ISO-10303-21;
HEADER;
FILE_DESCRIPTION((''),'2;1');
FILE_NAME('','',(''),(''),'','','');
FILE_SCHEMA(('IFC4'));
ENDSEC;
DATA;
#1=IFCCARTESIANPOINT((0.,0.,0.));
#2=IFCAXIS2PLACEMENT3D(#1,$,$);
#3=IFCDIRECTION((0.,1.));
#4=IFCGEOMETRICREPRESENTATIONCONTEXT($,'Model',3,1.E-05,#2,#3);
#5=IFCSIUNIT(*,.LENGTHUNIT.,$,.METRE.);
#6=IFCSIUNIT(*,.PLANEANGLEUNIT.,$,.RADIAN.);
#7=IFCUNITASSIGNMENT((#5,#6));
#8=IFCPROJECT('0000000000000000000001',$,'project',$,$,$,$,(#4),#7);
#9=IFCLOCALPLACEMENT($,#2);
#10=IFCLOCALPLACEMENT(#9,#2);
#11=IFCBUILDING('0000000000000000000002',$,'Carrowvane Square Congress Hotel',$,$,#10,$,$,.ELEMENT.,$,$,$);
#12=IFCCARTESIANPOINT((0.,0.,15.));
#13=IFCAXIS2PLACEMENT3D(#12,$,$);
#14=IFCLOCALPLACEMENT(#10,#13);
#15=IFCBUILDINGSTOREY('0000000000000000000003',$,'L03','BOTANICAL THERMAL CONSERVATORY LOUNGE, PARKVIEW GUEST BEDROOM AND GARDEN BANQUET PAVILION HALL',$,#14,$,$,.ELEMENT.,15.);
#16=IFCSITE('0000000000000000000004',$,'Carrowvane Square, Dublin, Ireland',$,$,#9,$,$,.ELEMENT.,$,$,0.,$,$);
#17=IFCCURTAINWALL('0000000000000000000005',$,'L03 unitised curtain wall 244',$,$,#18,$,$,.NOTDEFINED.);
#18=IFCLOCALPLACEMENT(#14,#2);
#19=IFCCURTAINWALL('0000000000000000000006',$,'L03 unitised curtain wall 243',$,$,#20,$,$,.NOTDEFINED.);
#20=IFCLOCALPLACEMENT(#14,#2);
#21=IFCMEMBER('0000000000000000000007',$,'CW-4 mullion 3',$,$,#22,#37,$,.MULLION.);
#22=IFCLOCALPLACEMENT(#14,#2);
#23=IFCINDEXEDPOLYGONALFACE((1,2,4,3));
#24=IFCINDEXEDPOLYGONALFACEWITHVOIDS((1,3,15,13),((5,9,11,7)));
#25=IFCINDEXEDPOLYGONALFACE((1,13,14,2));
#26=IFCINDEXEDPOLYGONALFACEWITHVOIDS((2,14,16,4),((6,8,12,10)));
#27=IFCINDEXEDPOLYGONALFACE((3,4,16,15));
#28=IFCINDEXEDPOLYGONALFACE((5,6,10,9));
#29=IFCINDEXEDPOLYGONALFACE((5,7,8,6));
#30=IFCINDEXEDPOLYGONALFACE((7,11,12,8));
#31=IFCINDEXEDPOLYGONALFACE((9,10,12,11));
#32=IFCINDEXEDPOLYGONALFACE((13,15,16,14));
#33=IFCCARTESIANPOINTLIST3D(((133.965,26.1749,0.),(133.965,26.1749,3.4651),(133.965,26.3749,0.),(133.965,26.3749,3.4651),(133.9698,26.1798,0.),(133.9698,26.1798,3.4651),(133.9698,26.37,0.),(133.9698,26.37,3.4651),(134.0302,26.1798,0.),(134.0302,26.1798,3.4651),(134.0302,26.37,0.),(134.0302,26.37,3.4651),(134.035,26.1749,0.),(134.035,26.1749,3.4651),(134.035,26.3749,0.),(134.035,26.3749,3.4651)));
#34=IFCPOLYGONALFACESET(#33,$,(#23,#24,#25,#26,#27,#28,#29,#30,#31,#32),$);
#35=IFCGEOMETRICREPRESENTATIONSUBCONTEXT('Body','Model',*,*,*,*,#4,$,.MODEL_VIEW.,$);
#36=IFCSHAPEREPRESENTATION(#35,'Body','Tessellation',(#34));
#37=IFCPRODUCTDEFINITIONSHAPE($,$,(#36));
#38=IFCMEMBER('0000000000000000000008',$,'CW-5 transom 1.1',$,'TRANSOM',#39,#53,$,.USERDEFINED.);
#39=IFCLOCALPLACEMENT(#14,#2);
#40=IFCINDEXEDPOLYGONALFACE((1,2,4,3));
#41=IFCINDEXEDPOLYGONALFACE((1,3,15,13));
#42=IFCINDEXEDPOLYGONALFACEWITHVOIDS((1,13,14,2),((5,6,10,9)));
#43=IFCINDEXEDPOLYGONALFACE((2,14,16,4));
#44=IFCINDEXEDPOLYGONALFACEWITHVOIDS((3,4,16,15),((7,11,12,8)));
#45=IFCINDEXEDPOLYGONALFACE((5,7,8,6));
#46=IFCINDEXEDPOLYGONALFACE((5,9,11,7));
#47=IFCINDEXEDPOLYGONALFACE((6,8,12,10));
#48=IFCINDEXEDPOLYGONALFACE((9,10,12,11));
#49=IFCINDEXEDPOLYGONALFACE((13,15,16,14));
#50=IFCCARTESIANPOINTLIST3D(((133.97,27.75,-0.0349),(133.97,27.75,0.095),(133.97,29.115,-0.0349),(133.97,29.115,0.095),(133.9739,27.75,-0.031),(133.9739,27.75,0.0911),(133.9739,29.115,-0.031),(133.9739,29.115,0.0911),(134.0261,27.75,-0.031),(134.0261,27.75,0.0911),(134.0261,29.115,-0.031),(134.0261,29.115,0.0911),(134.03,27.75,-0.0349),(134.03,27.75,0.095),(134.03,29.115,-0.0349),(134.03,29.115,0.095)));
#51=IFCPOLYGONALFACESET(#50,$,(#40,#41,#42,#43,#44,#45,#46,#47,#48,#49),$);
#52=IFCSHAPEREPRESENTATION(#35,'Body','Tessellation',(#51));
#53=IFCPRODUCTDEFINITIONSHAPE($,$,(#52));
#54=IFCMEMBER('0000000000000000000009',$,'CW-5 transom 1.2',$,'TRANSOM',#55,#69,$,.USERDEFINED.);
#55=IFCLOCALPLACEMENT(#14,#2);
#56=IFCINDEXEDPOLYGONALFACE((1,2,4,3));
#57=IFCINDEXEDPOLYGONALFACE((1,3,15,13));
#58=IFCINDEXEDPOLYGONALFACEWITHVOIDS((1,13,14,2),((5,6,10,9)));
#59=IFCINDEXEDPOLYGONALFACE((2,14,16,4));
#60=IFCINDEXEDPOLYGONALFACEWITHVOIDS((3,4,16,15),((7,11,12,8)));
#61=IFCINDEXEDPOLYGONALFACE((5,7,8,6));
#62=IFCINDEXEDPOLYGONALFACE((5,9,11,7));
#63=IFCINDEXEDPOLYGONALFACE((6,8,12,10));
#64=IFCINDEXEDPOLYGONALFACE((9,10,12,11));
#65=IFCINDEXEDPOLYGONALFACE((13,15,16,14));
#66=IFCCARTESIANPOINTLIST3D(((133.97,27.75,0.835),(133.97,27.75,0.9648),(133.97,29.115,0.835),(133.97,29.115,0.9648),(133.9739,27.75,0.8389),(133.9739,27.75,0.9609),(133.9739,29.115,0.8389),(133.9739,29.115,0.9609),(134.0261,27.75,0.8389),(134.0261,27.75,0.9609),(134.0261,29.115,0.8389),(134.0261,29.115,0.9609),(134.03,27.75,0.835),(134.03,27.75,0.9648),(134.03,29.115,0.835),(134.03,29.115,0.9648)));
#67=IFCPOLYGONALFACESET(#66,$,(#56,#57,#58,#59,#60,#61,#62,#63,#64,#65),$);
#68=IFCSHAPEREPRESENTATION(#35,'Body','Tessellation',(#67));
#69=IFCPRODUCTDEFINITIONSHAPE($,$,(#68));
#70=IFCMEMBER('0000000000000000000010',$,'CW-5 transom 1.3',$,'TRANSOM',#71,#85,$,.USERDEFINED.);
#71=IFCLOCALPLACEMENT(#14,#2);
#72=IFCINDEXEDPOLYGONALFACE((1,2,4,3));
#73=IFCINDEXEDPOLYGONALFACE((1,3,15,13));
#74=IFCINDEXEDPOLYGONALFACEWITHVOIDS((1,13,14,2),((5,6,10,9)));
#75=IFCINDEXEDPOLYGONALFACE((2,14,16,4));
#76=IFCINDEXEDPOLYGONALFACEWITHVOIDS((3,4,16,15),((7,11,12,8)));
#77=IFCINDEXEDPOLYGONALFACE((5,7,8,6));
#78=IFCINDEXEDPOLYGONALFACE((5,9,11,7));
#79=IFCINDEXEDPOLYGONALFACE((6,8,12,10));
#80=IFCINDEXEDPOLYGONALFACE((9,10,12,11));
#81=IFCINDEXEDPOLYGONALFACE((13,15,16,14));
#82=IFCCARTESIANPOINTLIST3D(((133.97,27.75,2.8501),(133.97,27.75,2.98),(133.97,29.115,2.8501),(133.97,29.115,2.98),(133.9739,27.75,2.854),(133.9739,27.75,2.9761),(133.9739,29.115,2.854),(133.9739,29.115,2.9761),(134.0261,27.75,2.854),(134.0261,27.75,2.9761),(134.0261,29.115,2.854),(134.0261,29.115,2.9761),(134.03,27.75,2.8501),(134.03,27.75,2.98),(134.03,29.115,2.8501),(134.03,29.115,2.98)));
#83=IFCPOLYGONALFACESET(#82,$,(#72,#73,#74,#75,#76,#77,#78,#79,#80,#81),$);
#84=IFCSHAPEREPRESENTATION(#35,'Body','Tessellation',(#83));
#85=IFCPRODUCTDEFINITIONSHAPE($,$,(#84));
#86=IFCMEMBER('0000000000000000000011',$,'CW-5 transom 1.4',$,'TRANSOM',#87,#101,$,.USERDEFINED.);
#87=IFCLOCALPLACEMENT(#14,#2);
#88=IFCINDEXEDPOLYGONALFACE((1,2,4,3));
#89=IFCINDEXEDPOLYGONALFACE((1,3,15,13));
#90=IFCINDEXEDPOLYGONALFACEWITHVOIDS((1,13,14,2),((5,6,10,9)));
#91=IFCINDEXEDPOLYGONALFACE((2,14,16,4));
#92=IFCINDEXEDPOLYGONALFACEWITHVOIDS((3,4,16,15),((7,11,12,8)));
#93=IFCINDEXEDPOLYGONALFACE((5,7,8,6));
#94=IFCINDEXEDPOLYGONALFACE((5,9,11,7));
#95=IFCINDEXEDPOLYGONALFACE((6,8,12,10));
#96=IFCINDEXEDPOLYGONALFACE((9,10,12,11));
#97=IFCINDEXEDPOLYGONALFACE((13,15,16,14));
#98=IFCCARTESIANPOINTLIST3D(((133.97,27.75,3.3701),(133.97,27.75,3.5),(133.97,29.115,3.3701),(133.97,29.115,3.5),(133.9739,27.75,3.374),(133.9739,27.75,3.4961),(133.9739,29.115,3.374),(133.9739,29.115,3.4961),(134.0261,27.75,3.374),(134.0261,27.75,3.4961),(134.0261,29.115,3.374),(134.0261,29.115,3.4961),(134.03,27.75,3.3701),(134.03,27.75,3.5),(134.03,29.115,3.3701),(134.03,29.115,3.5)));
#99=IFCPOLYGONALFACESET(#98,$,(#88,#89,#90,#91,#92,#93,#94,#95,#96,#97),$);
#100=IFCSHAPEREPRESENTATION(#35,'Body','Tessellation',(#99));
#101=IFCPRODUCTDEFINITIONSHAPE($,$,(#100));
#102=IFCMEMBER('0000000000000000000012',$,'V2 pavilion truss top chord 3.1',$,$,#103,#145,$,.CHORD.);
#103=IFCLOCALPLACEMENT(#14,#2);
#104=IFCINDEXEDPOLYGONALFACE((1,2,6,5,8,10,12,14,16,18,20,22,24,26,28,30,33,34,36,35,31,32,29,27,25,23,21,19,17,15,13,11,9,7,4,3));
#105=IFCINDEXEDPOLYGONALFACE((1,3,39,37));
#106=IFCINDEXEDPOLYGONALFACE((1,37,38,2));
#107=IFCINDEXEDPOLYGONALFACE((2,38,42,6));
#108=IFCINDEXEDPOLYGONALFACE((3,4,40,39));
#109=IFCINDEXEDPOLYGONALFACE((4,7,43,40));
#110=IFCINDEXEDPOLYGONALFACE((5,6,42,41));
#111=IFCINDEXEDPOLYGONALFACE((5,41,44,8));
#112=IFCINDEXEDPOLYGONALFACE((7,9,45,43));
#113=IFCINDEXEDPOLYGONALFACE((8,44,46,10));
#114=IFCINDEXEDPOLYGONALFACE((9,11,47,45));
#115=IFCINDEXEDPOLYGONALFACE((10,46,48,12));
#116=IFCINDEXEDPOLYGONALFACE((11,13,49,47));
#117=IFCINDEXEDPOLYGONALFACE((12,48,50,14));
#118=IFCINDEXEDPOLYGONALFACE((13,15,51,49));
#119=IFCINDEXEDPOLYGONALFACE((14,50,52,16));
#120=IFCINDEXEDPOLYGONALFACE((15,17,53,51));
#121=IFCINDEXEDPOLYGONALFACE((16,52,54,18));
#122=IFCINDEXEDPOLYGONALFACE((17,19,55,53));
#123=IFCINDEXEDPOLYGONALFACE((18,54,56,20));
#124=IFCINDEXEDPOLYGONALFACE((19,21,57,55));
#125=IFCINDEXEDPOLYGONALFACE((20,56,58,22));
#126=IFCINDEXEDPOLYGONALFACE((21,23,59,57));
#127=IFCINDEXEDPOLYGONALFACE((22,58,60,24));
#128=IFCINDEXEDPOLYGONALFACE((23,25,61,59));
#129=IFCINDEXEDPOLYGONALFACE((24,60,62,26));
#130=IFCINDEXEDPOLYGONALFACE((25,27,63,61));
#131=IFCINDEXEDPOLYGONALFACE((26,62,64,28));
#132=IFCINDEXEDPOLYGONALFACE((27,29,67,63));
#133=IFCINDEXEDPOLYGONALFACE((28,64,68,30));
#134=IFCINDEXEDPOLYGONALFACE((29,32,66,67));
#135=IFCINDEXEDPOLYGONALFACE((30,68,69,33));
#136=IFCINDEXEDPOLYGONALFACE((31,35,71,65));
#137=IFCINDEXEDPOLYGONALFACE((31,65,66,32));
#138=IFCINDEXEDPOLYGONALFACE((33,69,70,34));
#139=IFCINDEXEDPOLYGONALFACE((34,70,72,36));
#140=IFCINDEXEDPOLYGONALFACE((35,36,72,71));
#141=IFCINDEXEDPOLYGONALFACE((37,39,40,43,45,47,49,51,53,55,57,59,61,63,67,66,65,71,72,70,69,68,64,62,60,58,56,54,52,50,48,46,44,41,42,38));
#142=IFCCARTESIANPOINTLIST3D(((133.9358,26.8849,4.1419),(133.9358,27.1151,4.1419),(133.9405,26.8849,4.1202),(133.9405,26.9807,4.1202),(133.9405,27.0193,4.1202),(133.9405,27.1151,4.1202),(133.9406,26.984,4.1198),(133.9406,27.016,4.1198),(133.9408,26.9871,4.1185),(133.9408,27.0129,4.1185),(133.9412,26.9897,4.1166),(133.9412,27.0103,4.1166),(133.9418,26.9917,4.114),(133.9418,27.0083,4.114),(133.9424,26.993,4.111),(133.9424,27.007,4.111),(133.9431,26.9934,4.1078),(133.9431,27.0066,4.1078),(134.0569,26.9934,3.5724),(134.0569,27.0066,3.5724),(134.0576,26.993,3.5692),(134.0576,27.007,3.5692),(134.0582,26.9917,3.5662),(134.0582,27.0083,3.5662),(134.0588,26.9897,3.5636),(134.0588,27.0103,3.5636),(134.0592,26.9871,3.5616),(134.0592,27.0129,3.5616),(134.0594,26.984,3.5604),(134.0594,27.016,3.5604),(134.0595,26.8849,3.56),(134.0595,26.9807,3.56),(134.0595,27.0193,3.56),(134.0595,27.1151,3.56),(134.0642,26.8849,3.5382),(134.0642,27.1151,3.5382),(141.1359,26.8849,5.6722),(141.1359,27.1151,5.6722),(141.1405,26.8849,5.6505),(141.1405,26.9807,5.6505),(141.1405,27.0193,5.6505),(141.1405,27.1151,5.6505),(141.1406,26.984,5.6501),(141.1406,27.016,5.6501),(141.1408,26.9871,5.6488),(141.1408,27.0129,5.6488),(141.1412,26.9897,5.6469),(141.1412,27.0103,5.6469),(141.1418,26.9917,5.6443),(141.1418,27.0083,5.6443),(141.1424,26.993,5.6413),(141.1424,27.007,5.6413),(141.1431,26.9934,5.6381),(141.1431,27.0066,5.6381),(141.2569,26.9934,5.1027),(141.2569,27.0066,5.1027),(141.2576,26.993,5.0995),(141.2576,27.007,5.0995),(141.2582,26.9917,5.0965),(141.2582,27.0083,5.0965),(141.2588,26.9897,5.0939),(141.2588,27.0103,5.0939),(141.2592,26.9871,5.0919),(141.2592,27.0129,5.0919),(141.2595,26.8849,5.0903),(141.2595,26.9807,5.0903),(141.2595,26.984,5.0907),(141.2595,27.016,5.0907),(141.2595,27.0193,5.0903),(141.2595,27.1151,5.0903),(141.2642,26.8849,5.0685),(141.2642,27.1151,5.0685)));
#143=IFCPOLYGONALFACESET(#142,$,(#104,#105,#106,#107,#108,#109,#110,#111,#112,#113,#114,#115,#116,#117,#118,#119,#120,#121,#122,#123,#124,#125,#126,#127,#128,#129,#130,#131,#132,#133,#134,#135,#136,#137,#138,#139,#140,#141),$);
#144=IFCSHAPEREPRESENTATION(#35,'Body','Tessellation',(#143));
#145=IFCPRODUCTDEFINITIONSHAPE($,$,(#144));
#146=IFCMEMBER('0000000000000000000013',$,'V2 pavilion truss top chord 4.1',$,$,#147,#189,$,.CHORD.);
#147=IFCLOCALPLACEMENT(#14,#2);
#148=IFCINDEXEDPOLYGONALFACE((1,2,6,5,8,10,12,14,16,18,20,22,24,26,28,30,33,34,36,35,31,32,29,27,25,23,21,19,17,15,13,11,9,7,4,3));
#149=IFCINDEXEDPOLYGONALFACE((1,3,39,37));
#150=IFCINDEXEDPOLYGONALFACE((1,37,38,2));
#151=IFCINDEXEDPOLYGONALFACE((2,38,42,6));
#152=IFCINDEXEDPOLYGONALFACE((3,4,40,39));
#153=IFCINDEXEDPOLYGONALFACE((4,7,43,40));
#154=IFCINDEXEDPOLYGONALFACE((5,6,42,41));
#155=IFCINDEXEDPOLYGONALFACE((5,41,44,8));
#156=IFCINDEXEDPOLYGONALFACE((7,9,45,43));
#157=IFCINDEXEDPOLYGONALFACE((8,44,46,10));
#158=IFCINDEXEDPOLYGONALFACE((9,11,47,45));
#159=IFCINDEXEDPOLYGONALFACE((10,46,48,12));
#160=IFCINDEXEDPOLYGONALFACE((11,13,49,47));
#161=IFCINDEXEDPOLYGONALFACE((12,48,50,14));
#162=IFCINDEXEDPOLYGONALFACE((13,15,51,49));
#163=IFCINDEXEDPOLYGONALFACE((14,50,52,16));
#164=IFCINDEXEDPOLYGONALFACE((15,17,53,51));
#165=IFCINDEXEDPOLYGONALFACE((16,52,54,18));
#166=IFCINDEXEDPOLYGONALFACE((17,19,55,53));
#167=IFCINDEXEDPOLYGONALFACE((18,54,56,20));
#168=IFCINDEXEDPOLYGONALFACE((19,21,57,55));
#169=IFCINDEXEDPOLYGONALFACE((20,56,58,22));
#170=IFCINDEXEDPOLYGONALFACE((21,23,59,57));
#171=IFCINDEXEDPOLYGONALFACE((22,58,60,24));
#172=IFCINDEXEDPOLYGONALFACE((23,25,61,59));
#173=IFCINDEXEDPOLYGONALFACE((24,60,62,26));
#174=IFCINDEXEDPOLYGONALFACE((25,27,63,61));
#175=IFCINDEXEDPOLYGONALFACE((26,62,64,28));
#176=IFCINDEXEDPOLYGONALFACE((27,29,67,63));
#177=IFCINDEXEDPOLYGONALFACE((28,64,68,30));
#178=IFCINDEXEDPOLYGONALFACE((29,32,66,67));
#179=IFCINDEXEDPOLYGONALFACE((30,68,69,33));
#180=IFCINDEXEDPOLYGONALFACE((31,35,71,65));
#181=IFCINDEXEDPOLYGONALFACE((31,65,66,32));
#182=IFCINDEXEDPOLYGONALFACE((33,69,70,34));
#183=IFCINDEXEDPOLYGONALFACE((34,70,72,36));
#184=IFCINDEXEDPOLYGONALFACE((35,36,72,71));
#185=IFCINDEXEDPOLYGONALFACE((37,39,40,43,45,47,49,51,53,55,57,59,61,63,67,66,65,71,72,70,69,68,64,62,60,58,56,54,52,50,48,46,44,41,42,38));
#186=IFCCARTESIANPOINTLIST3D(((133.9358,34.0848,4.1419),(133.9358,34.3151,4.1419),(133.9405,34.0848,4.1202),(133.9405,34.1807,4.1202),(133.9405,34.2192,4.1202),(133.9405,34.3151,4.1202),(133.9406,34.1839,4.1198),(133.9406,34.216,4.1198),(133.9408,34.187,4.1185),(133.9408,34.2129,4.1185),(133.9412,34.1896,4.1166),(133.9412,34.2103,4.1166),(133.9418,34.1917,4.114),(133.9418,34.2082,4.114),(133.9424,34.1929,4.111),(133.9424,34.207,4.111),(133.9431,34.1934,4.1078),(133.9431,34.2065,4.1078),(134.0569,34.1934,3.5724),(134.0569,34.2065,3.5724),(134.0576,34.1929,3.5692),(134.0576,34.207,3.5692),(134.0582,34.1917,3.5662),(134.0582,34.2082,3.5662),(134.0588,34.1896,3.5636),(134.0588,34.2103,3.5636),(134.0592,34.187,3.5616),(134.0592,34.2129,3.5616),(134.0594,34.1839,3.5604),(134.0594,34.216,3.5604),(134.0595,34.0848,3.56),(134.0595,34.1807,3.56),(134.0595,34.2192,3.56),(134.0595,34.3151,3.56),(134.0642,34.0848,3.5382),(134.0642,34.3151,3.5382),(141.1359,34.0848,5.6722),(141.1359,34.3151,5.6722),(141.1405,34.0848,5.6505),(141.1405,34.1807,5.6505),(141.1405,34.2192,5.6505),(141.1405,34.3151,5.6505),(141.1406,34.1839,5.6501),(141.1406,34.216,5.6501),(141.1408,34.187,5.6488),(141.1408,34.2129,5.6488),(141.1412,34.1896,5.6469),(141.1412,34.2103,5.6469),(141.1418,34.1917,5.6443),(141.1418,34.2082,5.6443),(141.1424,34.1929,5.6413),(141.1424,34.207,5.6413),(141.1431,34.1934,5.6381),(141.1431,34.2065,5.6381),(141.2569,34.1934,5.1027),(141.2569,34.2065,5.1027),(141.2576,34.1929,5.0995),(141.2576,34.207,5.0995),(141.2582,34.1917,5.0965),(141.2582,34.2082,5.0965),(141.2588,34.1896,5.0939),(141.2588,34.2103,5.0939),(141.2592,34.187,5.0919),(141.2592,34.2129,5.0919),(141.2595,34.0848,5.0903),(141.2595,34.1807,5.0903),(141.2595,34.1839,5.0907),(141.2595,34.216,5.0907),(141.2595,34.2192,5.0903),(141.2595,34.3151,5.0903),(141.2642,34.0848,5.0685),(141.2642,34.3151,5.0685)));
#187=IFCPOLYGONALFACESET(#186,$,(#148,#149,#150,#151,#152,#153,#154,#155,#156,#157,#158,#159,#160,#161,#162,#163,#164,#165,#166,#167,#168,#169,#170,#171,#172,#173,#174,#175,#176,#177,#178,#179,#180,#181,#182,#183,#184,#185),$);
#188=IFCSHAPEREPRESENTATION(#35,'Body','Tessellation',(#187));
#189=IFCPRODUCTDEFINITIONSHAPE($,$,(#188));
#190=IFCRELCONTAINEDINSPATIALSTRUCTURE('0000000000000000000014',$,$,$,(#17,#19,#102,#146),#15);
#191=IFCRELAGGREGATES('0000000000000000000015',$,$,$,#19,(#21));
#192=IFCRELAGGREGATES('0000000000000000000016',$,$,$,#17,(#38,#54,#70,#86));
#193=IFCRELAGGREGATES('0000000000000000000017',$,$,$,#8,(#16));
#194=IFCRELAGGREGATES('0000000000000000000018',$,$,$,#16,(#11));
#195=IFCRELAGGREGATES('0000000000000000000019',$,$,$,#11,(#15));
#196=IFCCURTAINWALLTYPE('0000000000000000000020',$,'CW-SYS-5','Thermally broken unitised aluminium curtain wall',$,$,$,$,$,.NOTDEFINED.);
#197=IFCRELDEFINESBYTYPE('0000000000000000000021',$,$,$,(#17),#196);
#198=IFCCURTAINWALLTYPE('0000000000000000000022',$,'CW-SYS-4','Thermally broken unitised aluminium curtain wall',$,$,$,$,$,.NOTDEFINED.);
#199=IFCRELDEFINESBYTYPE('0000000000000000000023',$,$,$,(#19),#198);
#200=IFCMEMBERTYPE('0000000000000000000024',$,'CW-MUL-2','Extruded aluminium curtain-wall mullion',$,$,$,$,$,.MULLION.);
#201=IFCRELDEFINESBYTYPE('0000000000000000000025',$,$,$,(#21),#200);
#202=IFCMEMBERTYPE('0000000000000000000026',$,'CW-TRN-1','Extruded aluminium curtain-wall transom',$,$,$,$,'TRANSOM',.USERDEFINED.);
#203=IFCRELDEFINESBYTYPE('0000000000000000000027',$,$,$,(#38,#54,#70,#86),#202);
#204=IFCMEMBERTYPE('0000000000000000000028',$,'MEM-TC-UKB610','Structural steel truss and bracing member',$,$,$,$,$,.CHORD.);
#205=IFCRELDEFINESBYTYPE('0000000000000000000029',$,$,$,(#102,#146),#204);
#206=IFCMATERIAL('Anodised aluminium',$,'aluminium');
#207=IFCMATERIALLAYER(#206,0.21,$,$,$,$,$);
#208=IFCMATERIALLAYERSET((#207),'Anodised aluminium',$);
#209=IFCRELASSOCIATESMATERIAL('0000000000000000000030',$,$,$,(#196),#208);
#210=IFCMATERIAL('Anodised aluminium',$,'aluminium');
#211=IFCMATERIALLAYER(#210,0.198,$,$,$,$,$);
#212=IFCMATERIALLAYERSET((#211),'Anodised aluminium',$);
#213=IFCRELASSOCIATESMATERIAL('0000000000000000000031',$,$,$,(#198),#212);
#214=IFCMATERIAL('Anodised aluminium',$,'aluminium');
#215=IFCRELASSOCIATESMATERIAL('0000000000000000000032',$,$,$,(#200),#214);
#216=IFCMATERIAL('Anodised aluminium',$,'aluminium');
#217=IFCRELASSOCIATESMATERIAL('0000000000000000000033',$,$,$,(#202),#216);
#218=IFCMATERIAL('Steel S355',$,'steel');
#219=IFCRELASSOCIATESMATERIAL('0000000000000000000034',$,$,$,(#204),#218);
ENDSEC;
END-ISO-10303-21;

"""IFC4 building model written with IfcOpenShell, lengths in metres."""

from ifc_helpers import new_model, si_unit, direction, frame, origin, origin_2d, place, context, subcontext, project, spatial, hollow_rectangle, i_section, extrude, material, layer, layer_set, material_profile, profile_set, type_object, element, aggregate, save


model = new_model("IFC4")

# Units and contexts
model_context = context("Model", 3, precision=1e-05, world=origin(), true_north=direction((0.0, 1.0)))
body_context = subcontext(model_context, "Body", "Model", "MODEL_VIEW")
ifc_project = project(units=[si_unit("LENGTHUNIT", "METRE"), si_unit("PLANEANGLEUNIT", "RADIAN")], contexts=[model_context])

# Site, building, storey
site_placement = place(None, origin())
site = spatial("IfcSite", under=ifc_project, at=site_placement, Name="Carrowvane Square, Dublin, Ireland", CompositionType="ELEMENT", RefElevation=0.0)
building_placement = place(site_placement, origin())
building = spatial("IfcBuilding", under=site, at=building_placement, Name="Carrowvane Square Congress Hotel", CompositionType="ELEMENT")
storey_placement = place(building_placement, frame((0.0, 0.0, 15.0)))
storey = spatial("IfcBuildingStorey", under=building, at=storey_placement, Name="L03", Description="BOTANICAL THERMAL CONSERVATORY LOUNGE, PARKVIEW GUEST BEDROOM AND GARDEN BANQUET PAVILION HALL", CompositionType="ELEMENT", Elevation=15.0)

# Curtain wall
ifc_material_1 = material(Name="Anodised aluminium", Category="aluminium")
ifc_layer_1 = layer(ifc_material_1, 0.21)
ifc_layer_set_1 = layer_set([ifc_layer_1], Name="Anodised aluminium")
curtain_wall_type_1 = type_object("IfcCurtainWallType", Name="CW-SYS-5", Description="Thermally broken unitised aluminium curtain wall", PredefinedType="NOTDEFINED", material=ifc_layer_set_1)
curtain_wall_1_placement = place(storey_placement, origin())
curtain_wall_1 = element("IfcCurtainWall", 1, at=curtain_wall_1_placement, inside=storey, type_object=curtain_wall_type_1, Name="L03 unitised curtain wall 244", PredefinedType="NOTDEFINED")

# Curtain wall, member
ifc_material_2 = material(Name="Anodised aluminium", Category="aluminium")
ifc_layer_2 = layer(ifc_material_2, 0.198)
ifc_layer_set_2 = layer_set([ifc_layer_2], Name="Anodised aluminium")
curtain_wall_type_2 = type_object("IfcCurtainWallType", Name="CW-SYS-4", Description="Thermally broken unitised aluminium curtain wall", PredefinedType="NOTDEFINED", material=ifc_layer_set_2)
curtain_wall_2_placement = place(storey_placement, origin())
curtain_wall_2 = element("IfcCurtainWall", 2, at=curtain_wall_2_placement, inside=storey, type_object=curtain_wall_type_2, Name="L03 unitised curtain wall 243", PredefinedType="NOTDEFINED")
ifc_material_3 = material(Name="Anodised aluminium", Category="aluminium")
ifc_material_profile_1 = material_profile(ifc_material_3, hollow_rectangle(XDim=0.0701, YDim=0.2, WallThickness=0.0049, at=origin_2d()), Name="CW-ML 70x200x5")
ifc_profile_set_1 = profile_set([ifc_material_profile_1], Name="Anodised aluminium")
member_type_1 = type_object("IfcMemberType", Name="CW-MUL-2", Description="Extruded aluminium curtain-wall mullion", PredefinedType="MULLION", material=ifc_profile_set_1)
member_1_placement = place(storey_placement, frame((134.0, 26.2749, 0.0), z_axis=(0.0, 0.0, 1.0), x_axis=(-1.0, 0.0, 0.0)))
member_1 = element("IfcMember", 3, at=member_1_placement, type_object=member_type_1, Name="CW-4 mullion 3", PredefinedType="MULLION", context=body_context, shape_type="SweptSolid", body=[
    extrude(hollow_rectangle(XDim=0.0701, YDim=0.2, WallThickness=0.0049, at=origin_2d()), origin(), (0.0, 0.0, 1.0), 3.4651),
])

# Members
ifc_material_4 = material(Name="Anodised aluminium", Category="aluminium")
ifc_material_profile_2 = material_profile(ifc_material_4, hollow_rectangle(XDim=0.0601, YDim=0.1299, WallThickness=0.0039, at=origin_2d()), Name="CW-TR 60x130x4")
ifc_profile_set_2 = profile_set([ifc_material_profile_2], Name="Anodised aluminium")
member_type_2 = type_object("IfcMemberType", Name="CW-TRN-1", Description="Extruded aluminium curtain-wall transom", ElementType="TRANSOM", PredefinedType="USERDEFINED", material=ifc_profile_set_2)
member_2_placement = place(storey_placement, frame((134.0, 27.75, 0.03), z_axis=(0.0, 1.0, 0.0), x_axis=(-1.0, 0.0, 0.0)))
member_2 = element("IfcMember", 4, at=member_2_placement, type_object=member_type_2, Name="CW-5 transom 1.1", ObjectType="TRANSOM", PredefinedType="USERDEFINED", context=body_context, shape_type="SweptSolid", body=[
    extrude(hollow_rectangle(XDim=0.0601, YDim=0.1299, WallThickness=0.0039, at=origin_2d()), origin(), (0.0, 0.0, 1.0), 1.365),
])
member_3_placement = place(storey_placement, frame((134.0, 27.75, 0.8999), z_axis=(0.0, 1.0, 0.0), x_axis=(-1.0, 0.0, 0.0)))
member_3 = element("IfcMember", 5, at=member_3_placement, type_object=member_type_2, Name="CW-5 transom 1.2", ObjectType="TRANSOM", PredefinedType="USERDEFINED", context=body_context, shape_type="SweptSolid", body=[
    extrude(hollow_rectangle(XDim=0.0601, YDim=0.1299, WallThickness=0.0039, at=origin_2d()), origin(), (0.0, 0.0, 1.0), 1.365),
])
member_4_placement = place(storey_placement, frame((134.0, 27.75, 2.915), z_axis=(0.0, 1.0, 0.0), x_axis=(-1.0, 0.0, 0.0)))
member_4 = element("IfcMember", 6, at=member_4_placement, type_object=member_type_2, Name="CW-5 transom 1.3", ObjectType="TRANSOM", PredefinedType="USERDEFINED", context=body_context, shape_type="SweptSolid", body=[
    extrude(hollow_rectangle(XDim=0.0601, YDim=0.1299, WallThickness=0.0039, at=origin_2d()), origin(), (0.0, 0.0, 1.0), 1.365),
])
member_5_placement = place(storey_placement, frame((134.0, 27.75, 3.4351), z_axis=(0.0, 1.0, 0.0), x_axis=(-1.0, 0.0, 0.0)))
member_5 = element("IfcMember", 7, at=member_5_placement, type_object=member_type_2, Name="CW-5 transom 1.4", ObjectType="TRANSOM", PredefinedType="USERDEFINED", context=body_context, shape_type="SweptSolid", body=[
    extrude(hollow_rectangle(XDim=0.0601, YDim=0.1299, WallThickness=0.0039, at=origin_2d()), origin(), (0.0, 0.0, 1.0), 1.365),
])

# Members
ifc_material_5 = material(Name="Steel S355", Category="steel")
ifc_material_profile_3 = material_profile(ifc_material_5, i_section(OverallWidth=0.2302, OverallDepth=0.6172, WebThickness=0.0132, FlangeThickness=0.0222, FilletRadius=0.0127, at=origin_2d()), Name="UKB 610x229x140")
ifc_profile_set_3 = profile_set([ifc_material_profile_3], Name="Steel S355")
member_type_3 = type_object("IfcMemberType", Name="MEM-TC-UKB610", Description="Structural steel truss and bracing member", PredefinedType="CHORD", material=ifc_profile_set_3)
for number, where, z_axis, x_axis, name in (
    (8, (134.0, 27.0, 3.8401), (0.978151, 0.0, 0.207896), (0.0, 1.0, 0.0), "V2 pavilion truss top chord 3.1"),
    (9, (134.0, 34.2, 3.8401), (0.978151, 0.0, 0.207896), (0.0, 1.0, 0.0), "V2 pavilion truss top chord 4.1"),
):
    element("IfcMember", number, at=place(storey_placement, frame(where, z_axis=z_axis, x_axis=x_axis)), inside=storey, type_object=member_type_3, Name=name, PredefinedType="CHORD", context=body_context, shape_type="SweptSolid", body=[
        extrude(i_section(OverallWidth=0.2302, OverallDepth=0.6172, WebThickness=0.0132, FlangeThickness=0.0222, FilletRadius=0.0127, at=origin_2d()), origin(), (0.0, 0.0, 1.0), 7.3608),
    ])

aggregate(curtain_wall_2, [member_1])
aggregate(curtain_wall_1, [member_2, member_3, member_4, member_5])

save(model, "model.ifc")
